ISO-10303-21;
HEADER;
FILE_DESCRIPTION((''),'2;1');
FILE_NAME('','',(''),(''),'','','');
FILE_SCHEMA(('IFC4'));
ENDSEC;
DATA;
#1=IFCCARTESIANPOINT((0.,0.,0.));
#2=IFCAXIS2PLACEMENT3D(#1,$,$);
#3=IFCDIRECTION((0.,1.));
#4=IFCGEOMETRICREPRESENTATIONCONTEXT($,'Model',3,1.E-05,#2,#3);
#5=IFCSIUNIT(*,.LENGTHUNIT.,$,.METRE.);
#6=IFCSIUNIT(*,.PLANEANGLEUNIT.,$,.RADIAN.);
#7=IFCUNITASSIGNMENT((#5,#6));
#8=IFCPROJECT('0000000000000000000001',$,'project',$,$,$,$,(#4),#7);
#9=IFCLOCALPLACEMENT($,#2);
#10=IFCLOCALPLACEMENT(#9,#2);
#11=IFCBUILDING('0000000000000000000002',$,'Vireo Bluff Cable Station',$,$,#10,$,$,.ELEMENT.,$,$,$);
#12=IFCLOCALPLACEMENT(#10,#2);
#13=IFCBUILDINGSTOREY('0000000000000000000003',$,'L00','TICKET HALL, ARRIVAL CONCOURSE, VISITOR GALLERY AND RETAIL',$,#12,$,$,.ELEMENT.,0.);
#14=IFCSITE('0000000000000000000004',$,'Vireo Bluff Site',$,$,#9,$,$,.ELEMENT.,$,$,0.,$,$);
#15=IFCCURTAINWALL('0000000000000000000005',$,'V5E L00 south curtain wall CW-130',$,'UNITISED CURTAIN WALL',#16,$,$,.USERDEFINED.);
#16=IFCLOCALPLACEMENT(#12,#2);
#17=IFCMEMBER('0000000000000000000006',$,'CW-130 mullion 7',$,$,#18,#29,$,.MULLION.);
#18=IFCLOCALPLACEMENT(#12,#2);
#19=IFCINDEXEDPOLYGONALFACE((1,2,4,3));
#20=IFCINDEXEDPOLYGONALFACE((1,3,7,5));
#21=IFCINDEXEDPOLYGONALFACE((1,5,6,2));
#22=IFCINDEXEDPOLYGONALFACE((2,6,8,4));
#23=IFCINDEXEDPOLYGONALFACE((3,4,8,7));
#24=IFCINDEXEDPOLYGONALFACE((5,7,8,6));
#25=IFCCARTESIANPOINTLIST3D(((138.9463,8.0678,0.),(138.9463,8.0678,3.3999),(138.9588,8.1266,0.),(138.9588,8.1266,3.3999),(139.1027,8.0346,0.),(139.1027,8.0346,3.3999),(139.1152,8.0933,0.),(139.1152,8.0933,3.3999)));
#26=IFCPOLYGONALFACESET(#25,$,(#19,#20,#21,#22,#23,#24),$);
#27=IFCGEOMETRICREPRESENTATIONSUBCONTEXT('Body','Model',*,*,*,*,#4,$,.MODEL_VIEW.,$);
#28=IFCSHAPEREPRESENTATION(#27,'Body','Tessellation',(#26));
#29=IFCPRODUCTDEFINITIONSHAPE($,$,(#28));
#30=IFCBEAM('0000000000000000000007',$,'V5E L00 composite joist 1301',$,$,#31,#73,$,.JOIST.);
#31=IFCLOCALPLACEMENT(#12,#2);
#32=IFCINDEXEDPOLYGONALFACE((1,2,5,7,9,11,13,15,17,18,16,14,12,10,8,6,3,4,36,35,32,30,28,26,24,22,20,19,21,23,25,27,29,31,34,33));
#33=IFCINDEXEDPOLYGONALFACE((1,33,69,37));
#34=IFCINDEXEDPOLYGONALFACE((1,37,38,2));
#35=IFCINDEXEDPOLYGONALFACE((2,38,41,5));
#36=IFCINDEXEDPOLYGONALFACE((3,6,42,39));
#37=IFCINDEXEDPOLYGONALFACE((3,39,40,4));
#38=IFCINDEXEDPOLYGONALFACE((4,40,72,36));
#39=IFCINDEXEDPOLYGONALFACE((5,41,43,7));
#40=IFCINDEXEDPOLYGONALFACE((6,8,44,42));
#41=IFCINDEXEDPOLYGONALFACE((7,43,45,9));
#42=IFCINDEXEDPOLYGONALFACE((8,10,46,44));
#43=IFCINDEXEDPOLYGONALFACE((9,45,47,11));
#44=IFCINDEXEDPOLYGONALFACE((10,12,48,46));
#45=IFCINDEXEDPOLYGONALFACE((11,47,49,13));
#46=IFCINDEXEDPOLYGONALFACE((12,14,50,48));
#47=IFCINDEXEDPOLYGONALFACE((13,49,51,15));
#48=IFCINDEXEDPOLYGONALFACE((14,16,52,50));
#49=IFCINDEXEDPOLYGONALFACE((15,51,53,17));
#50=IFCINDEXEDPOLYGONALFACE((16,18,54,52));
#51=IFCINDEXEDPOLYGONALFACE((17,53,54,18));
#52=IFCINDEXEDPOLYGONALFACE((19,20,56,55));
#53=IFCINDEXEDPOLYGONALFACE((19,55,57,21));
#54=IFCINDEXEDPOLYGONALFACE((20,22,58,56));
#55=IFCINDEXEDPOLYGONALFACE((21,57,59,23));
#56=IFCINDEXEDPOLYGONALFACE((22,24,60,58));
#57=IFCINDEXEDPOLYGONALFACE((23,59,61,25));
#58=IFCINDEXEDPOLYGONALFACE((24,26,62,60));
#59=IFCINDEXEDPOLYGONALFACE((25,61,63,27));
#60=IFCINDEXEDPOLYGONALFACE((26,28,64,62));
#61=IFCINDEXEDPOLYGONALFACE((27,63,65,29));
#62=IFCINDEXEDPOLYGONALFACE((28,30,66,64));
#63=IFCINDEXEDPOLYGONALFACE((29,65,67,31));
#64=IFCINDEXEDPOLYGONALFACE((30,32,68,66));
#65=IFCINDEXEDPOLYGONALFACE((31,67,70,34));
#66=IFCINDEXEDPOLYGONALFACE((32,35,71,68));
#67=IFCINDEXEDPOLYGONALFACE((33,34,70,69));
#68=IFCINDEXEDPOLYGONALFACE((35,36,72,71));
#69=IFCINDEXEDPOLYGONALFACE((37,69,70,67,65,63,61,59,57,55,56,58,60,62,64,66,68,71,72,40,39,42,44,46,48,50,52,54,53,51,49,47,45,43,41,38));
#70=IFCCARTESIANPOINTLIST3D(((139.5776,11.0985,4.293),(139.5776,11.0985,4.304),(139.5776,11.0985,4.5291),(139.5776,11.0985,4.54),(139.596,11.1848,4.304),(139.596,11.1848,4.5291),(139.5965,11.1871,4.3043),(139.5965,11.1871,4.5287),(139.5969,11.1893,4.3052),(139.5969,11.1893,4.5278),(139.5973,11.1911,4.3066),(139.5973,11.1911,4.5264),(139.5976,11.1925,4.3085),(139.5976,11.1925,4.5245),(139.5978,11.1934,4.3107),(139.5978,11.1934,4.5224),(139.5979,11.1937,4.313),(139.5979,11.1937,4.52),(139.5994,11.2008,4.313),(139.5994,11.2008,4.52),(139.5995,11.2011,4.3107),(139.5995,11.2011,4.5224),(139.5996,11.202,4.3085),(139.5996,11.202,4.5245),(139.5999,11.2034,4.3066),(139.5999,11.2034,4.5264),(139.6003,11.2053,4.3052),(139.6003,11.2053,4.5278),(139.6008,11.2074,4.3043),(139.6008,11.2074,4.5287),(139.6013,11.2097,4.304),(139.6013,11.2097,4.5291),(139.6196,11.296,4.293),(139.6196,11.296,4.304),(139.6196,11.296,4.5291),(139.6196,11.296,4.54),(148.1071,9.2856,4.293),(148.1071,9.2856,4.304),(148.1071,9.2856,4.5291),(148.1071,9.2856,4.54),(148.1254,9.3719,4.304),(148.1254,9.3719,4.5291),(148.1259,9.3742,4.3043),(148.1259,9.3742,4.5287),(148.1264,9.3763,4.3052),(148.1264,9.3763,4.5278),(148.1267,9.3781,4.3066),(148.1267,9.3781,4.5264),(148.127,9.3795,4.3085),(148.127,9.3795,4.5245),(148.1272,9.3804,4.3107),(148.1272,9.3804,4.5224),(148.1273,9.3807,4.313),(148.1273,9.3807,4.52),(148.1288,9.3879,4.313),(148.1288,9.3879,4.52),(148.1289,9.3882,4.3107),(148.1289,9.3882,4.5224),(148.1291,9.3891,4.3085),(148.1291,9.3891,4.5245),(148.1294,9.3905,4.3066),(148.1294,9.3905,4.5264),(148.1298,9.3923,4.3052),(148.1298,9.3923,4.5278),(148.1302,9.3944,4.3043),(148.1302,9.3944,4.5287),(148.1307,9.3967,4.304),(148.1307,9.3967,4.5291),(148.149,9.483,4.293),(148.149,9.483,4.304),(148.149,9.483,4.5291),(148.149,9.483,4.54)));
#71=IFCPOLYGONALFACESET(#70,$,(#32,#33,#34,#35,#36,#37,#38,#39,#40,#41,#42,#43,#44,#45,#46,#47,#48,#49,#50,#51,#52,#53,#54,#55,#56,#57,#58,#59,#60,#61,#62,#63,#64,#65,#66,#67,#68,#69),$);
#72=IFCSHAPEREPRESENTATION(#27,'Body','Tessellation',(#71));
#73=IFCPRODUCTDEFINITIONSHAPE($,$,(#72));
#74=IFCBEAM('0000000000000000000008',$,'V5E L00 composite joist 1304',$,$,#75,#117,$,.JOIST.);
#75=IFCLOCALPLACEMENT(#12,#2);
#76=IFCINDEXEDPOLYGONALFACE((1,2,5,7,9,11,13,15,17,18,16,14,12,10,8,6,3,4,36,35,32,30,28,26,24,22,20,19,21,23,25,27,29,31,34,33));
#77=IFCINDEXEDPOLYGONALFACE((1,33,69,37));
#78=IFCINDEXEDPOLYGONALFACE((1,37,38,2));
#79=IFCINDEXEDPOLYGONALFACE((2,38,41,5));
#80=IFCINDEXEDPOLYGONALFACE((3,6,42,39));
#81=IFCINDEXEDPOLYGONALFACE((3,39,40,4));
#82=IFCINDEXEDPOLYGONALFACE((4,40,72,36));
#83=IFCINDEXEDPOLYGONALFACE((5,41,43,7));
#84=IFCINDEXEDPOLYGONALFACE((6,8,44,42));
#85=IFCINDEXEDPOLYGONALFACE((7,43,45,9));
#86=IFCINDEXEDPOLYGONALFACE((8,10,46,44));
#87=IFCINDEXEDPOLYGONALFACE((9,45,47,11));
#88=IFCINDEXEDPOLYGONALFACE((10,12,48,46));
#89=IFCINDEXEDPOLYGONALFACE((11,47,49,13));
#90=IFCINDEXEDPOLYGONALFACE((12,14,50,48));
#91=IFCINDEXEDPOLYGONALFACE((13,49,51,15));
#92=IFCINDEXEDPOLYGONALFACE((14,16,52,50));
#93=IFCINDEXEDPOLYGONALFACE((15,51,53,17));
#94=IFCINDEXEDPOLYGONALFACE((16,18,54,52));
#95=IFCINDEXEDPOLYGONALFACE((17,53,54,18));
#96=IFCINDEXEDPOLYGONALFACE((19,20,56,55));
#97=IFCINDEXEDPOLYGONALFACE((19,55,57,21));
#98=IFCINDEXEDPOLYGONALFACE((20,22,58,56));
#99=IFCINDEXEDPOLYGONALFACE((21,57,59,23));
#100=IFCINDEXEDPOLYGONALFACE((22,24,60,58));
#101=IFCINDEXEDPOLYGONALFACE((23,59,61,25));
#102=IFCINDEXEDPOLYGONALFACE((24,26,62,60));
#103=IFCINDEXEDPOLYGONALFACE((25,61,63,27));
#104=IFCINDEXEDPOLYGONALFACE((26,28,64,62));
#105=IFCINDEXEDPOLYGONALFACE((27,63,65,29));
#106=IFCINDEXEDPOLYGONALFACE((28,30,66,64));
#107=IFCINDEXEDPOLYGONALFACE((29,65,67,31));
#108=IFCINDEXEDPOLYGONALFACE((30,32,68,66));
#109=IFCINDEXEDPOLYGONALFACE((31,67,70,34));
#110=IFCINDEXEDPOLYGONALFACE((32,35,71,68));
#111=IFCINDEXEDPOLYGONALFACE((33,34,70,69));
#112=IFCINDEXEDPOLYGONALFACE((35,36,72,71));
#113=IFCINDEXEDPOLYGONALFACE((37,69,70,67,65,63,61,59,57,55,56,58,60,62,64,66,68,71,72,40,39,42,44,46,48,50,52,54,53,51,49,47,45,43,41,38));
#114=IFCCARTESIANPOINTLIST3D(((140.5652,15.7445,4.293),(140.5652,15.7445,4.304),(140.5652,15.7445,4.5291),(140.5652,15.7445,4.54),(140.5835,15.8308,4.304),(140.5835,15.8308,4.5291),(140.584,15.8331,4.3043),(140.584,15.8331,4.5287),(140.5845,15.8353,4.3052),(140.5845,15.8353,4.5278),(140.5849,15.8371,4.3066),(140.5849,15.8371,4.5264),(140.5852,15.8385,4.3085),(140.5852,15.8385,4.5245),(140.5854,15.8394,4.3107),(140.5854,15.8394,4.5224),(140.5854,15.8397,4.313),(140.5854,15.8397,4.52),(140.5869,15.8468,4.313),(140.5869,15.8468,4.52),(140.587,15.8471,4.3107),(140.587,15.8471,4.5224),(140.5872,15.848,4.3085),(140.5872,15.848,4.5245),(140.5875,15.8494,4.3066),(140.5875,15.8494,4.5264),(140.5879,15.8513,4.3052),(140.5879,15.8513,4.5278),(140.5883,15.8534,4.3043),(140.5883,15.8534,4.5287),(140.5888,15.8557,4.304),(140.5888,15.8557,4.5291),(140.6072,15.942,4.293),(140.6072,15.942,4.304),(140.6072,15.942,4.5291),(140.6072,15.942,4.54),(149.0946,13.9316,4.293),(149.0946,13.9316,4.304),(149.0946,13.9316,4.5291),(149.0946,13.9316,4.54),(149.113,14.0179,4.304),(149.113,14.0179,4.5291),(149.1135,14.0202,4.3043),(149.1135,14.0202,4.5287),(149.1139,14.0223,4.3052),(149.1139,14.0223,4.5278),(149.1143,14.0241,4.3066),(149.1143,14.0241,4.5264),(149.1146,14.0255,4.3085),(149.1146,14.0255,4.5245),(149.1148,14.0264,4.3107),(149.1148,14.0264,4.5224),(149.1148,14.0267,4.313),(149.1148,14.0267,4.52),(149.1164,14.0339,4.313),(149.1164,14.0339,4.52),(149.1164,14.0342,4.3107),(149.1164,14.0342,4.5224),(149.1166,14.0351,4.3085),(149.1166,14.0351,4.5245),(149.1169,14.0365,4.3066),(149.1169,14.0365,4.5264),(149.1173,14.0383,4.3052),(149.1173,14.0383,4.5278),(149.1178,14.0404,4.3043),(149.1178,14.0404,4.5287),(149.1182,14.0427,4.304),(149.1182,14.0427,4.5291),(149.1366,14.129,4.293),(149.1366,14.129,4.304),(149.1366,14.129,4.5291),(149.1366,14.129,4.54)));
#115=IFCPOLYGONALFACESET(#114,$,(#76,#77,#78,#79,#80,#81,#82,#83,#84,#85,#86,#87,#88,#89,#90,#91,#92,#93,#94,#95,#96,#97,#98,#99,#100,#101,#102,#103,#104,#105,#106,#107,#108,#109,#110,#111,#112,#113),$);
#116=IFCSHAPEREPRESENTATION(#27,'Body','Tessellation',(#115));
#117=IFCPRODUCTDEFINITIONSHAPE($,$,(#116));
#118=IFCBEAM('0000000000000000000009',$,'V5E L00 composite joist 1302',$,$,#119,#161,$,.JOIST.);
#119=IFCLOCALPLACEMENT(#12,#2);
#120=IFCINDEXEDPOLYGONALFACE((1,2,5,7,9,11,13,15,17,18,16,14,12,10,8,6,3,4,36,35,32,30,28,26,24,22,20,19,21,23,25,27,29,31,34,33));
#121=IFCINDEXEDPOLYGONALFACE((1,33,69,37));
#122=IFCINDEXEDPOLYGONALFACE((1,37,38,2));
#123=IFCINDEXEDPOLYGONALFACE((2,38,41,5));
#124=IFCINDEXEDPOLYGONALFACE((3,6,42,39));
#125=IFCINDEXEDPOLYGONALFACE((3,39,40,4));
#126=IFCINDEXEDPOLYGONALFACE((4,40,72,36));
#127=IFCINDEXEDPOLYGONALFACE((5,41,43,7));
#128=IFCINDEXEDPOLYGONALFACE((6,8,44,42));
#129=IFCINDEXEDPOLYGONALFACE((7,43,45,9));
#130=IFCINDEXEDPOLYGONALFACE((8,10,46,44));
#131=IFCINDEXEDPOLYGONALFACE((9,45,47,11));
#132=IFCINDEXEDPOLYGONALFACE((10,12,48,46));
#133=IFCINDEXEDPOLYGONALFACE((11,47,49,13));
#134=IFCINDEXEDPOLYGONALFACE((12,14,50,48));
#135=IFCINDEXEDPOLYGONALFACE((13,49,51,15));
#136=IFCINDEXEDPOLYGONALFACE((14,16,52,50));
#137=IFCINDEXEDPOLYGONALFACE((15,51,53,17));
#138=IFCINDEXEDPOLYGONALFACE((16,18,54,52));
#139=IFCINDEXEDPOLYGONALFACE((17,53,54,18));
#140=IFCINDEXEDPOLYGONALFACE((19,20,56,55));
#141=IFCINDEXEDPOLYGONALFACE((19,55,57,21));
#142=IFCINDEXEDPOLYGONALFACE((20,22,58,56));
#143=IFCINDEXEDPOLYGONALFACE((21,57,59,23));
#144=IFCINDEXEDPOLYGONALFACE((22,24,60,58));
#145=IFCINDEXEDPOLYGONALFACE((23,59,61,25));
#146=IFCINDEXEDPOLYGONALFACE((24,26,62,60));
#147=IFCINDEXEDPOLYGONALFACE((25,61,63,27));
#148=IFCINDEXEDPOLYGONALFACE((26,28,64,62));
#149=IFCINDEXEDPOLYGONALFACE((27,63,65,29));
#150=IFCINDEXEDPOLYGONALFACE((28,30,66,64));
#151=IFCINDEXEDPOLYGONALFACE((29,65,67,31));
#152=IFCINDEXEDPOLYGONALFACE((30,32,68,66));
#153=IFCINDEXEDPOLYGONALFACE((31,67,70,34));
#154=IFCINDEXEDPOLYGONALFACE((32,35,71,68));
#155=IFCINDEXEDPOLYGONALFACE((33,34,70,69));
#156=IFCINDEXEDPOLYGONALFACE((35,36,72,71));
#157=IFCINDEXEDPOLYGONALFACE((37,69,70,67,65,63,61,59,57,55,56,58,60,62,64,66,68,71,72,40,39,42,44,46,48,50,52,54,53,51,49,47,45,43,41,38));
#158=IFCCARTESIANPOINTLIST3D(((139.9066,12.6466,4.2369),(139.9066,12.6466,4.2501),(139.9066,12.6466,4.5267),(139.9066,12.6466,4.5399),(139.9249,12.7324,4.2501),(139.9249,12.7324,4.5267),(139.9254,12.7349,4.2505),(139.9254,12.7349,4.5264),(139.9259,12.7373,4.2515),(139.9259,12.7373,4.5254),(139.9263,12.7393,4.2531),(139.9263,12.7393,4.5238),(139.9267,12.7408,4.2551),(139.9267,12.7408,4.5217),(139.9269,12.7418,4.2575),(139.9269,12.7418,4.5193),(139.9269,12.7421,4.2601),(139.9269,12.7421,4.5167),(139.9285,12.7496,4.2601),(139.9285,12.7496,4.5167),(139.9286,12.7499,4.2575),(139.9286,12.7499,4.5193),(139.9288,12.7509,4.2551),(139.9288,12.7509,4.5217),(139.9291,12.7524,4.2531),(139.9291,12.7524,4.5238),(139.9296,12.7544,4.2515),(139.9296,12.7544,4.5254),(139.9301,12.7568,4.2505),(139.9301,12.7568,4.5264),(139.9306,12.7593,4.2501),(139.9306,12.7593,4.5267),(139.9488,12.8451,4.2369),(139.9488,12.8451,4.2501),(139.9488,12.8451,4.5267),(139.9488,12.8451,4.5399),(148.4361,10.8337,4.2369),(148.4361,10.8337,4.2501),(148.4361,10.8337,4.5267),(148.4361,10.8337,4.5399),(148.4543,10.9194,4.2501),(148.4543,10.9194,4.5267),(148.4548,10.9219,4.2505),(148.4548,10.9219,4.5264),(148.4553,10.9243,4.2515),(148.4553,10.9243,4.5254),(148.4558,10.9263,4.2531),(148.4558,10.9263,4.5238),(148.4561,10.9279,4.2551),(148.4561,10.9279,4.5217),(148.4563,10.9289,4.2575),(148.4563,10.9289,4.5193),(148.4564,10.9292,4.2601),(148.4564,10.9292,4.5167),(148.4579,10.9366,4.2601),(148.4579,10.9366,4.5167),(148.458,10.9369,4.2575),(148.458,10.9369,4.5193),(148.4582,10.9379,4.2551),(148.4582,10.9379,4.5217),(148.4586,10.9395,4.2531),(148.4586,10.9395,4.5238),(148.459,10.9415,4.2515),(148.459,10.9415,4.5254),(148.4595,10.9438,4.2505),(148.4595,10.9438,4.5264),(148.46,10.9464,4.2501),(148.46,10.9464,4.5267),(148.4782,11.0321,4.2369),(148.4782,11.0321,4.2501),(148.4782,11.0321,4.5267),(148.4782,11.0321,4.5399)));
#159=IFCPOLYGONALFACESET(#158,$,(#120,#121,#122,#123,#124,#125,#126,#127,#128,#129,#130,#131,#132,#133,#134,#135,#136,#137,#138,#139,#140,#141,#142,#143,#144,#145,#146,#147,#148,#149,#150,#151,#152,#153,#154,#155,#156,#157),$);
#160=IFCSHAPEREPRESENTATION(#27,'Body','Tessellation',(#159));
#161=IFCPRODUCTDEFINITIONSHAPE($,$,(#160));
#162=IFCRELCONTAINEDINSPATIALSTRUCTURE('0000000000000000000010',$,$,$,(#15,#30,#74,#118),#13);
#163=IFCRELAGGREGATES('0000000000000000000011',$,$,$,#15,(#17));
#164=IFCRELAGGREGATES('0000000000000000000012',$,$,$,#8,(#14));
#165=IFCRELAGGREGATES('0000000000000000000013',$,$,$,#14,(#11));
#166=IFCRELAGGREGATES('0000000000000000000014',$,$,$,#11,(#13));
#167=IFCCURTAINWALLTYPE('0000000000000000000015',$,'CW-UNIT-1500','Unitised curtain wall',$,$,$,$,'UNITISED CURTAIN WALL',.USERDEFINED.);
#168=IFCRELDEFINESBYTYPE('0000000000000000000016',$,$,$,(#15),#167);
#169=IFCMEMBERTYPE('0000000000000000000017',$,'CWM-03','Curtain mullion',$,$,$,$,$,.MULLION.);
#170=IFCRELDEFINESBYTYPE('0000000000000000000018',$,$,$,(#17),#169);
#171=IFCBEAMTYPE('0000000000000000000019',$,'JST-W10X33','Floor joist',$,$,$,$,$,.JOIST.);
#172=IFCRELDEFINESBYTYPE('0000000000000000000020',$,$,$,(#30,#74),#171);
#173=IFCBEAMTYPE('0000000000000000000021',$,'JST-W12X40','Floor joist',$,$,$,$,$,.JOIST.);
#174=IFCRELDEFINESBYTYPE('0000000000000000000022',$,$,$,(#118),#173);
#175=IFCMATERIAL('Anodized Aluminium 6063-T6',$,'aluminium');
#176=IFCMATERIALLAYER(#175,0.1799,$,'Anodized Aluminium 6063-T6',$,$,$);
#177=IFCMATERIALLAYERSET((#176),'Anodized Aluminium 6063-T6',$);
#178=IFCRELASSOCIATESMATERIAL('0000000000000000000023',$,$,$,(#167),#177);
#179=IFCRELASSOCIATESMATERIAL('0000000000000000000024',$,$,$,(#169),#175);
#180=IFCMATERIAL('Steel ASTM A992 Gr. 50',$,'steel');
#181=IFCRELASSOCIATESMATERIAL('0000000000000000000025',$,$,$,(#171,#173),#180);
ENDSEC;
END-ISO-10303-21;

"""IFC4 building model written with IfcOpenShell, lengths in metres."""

from ifc_helpers import new_model, si_unit, direction, frame, origin, origin_2d, place, context, subcontext, project, spatial, rectangle, i_section, extrude, material, layer, layer_set, material_profile, profile_set, type_object, element, aggregate, save


model = new_model("IFC4")

# Units and contexts
model_context = context("Model", 3, precision=1e-05, world=origin(), true_north=direction((0.0, 1.0)))
body_context = subcontext(model_context, "Body", "Model", "MODEL_VIEW")
ifc_project = project(units=[si_unit("LENGTHUNIT", "METRE"), si_unit("PLANEANGLEUNIT", "RADIAN")], contexts=[model_context])

# Site, building, storey
site_placement = place(None, origin())
site = spatial("IfcSite", under=ifc_project, at=site_placement, Name="Vireo Bluff Site", CompositionType="ELEMENT", RefElevation=0.0)
building_placement = place(site_placement, origin())
building = spatial("IfcBuilding", under=site, at=building_placement, Name="Vireo Bluff Cable Station", CompositionType="ELEMENT")
storey_placement = place(building_placement, origin())
storey = spatial("IfcBuildingStorey", under=building, at=storey_placement, Name="L00", Description="TICKET HALL, ARRIVAL CONCOURSE, VISITOR GALLERY AND RETAIL", CompositionType="ELEMENT", Elevation=0.0)

# Shared definitions
ifc_material_1 = material(Name="Steel ASTM A992 Gr. 50", Category="steel")

# Curtain wall, member
ifc_material_2 = material(Name="Anodized Aluminium 6063-T6", Category="aluminium")
ifc_layer_1 = layer(ifc_material_2, 0.1799, Name="Anodized Aluminium 6063-T6")
ifc_layer_set_1 = layer_set([ifc_layer_1], Name="Anodized Aluminium 6063-T6")
curtain_wall_type = type_object("IfcCurtainWallType", Name="CW-UNIT-1500", Description="Unitised curtain wall", ElementType="UNITISED CURTAIN WALL", PredefinedType="USERDEFINED", material=ifc_layer_set_1)
curtain_wall_placement = place(storey_placement, origin())
curtain_wall = element("IfcCurtainWall", 1, at=curtain_wall_placement, inside=storey, type_object=curtain_wall_type, Name="V5E L00 south curtain wall CW-130", ObjectType="UNITISED CURTAIN WALL", PredefinedType="USERDEFINED")
ifc_material_profile_1 = material_profile(ifc_material_2, rectangle(XDim=0.0601, YDim=0.1599, at=origin_2d()), Name="ALU-M-60X160")
ifc_profile_set_1 = profile_set([ifc_material_profile_1], Name="Anodized Aluminium 6063-T6")
member_type = type_object("IfcMemberType", Name="CWM-03", Description="Curtain mullion", PredefinedType="MULLION", material=ifc_profile_set_1)
member_placement = place(storey_placement, frame((139.0308, 8.0806, 0.0), z_axis=(0.0, 0.0, 1.0), x_axis=(-0.207912, -0.978148, 0.0)))
member = element("IfcMember", 2, at=member_placement, type_object=member_type, Name="CW-130 mullion 7", PredefinedType="MULLION", context=body_context, shape_type="SweptSolid", body=[
    extrude(rectangle(XDim=0.0601, YDim=0.1599, at=origin_2d()), origin(), (0.0, 0.0, 1.0), 3.3999),
])
aggregate(curtain_wall, [member])

# Beams
ifc_material_profile_2 = material_profile(ifc_material_1, i_section(OverallWidth=0.2019, OverallDepth=0.2471, WebThickness=0.0073, FlangeThickness=0.011, FilletRadius=0.009, at=origin_2d()), Name="W10X33")
ifc_profile_set_2 = profile_set([ifc_material_profile_2], Name="Steel ASTM A992 Gr. 50")
beam_type_1 = type_object("IfcBeamType", Name="JST-W10X33", Description="Floor joist", PredefinedType="JOIST", material=ifc_profile_set_2)
for number, where, z_axis, x_axis, name in (
    (3, (139.5986, 11.1973, 4.4165), (0.978148, -0.207909, 0.0), (0.207909, 0.978148, 0.0), "V5E L00 composite joist 1301"),
    (4, (140.5862, 15.8433, 4.4165), (0.978148, -0.207909, 0.0), (0.207909, 0.978148, 0.0), "V5E L00 composite joist 1304"),
):
    element("IfcBeam", number, at=place(storey_placement, frame(where, z_axis=z_axis, x_axis=x_axis)), inside=storey, type_object=beam_type_1, Name=name, PredefinedType="JOIST", context=body_context, shape_type="SweptSolid", body=[
        extrude(i_section(OverallWidth=0.2019, OverallDepth=0.2471, WebThickness=0.0073, FlangeThickness=0.011, FilletRadius=0.009, at=origin_2d()), origin(), (0.0, 0.0, 1.0), 8.72),
    ])
ifc_material_profile_3 = material_profile(ifc_material_1, i_section(OverallWidth=0.2029, OverallDepth=0.303, WebThickness=0.0076, FlangeThickness=0.0132, FilletRadius=0.01, at=origin_2d()), Name="W12X40")
ifc_profile_set_3 = profile_set([ifc_material_profile_3], Name="Steel ASTM A992 Gr. 50")
beam_type_2 = type_object("IfcBeamType", Name="JST-W12X40", Description="Floor joist", PredefinedType="JOIST", material=ifc_profile_set_3)
beam_1_placement = place(storey_placement, frame((139.9277, 12.7458, 4.3884), z_axis=(0.978148, -0.207909, 0.0), x_axis=(0.207909, 0.978148, 0.0)))
element("IfcBeam", 5, at=beam_1_placement, inside=storey, type_object=beam_type_2, Name="V5E L00 composite joist 1302", PredefinedType="JOIST", context=body_context, shape_type="SweptSolid", body=[
    extrude(i_section(OverallWidth=0.2029, OverallDepth=0.303, WebThickness=0.0076, FlangeThickness=0.0132, FilletRadius=0.01, at=origin_2d()), origin(), (0.0, 0.0, 1.0), 8.72),
])

save(model, "model.ifc")
